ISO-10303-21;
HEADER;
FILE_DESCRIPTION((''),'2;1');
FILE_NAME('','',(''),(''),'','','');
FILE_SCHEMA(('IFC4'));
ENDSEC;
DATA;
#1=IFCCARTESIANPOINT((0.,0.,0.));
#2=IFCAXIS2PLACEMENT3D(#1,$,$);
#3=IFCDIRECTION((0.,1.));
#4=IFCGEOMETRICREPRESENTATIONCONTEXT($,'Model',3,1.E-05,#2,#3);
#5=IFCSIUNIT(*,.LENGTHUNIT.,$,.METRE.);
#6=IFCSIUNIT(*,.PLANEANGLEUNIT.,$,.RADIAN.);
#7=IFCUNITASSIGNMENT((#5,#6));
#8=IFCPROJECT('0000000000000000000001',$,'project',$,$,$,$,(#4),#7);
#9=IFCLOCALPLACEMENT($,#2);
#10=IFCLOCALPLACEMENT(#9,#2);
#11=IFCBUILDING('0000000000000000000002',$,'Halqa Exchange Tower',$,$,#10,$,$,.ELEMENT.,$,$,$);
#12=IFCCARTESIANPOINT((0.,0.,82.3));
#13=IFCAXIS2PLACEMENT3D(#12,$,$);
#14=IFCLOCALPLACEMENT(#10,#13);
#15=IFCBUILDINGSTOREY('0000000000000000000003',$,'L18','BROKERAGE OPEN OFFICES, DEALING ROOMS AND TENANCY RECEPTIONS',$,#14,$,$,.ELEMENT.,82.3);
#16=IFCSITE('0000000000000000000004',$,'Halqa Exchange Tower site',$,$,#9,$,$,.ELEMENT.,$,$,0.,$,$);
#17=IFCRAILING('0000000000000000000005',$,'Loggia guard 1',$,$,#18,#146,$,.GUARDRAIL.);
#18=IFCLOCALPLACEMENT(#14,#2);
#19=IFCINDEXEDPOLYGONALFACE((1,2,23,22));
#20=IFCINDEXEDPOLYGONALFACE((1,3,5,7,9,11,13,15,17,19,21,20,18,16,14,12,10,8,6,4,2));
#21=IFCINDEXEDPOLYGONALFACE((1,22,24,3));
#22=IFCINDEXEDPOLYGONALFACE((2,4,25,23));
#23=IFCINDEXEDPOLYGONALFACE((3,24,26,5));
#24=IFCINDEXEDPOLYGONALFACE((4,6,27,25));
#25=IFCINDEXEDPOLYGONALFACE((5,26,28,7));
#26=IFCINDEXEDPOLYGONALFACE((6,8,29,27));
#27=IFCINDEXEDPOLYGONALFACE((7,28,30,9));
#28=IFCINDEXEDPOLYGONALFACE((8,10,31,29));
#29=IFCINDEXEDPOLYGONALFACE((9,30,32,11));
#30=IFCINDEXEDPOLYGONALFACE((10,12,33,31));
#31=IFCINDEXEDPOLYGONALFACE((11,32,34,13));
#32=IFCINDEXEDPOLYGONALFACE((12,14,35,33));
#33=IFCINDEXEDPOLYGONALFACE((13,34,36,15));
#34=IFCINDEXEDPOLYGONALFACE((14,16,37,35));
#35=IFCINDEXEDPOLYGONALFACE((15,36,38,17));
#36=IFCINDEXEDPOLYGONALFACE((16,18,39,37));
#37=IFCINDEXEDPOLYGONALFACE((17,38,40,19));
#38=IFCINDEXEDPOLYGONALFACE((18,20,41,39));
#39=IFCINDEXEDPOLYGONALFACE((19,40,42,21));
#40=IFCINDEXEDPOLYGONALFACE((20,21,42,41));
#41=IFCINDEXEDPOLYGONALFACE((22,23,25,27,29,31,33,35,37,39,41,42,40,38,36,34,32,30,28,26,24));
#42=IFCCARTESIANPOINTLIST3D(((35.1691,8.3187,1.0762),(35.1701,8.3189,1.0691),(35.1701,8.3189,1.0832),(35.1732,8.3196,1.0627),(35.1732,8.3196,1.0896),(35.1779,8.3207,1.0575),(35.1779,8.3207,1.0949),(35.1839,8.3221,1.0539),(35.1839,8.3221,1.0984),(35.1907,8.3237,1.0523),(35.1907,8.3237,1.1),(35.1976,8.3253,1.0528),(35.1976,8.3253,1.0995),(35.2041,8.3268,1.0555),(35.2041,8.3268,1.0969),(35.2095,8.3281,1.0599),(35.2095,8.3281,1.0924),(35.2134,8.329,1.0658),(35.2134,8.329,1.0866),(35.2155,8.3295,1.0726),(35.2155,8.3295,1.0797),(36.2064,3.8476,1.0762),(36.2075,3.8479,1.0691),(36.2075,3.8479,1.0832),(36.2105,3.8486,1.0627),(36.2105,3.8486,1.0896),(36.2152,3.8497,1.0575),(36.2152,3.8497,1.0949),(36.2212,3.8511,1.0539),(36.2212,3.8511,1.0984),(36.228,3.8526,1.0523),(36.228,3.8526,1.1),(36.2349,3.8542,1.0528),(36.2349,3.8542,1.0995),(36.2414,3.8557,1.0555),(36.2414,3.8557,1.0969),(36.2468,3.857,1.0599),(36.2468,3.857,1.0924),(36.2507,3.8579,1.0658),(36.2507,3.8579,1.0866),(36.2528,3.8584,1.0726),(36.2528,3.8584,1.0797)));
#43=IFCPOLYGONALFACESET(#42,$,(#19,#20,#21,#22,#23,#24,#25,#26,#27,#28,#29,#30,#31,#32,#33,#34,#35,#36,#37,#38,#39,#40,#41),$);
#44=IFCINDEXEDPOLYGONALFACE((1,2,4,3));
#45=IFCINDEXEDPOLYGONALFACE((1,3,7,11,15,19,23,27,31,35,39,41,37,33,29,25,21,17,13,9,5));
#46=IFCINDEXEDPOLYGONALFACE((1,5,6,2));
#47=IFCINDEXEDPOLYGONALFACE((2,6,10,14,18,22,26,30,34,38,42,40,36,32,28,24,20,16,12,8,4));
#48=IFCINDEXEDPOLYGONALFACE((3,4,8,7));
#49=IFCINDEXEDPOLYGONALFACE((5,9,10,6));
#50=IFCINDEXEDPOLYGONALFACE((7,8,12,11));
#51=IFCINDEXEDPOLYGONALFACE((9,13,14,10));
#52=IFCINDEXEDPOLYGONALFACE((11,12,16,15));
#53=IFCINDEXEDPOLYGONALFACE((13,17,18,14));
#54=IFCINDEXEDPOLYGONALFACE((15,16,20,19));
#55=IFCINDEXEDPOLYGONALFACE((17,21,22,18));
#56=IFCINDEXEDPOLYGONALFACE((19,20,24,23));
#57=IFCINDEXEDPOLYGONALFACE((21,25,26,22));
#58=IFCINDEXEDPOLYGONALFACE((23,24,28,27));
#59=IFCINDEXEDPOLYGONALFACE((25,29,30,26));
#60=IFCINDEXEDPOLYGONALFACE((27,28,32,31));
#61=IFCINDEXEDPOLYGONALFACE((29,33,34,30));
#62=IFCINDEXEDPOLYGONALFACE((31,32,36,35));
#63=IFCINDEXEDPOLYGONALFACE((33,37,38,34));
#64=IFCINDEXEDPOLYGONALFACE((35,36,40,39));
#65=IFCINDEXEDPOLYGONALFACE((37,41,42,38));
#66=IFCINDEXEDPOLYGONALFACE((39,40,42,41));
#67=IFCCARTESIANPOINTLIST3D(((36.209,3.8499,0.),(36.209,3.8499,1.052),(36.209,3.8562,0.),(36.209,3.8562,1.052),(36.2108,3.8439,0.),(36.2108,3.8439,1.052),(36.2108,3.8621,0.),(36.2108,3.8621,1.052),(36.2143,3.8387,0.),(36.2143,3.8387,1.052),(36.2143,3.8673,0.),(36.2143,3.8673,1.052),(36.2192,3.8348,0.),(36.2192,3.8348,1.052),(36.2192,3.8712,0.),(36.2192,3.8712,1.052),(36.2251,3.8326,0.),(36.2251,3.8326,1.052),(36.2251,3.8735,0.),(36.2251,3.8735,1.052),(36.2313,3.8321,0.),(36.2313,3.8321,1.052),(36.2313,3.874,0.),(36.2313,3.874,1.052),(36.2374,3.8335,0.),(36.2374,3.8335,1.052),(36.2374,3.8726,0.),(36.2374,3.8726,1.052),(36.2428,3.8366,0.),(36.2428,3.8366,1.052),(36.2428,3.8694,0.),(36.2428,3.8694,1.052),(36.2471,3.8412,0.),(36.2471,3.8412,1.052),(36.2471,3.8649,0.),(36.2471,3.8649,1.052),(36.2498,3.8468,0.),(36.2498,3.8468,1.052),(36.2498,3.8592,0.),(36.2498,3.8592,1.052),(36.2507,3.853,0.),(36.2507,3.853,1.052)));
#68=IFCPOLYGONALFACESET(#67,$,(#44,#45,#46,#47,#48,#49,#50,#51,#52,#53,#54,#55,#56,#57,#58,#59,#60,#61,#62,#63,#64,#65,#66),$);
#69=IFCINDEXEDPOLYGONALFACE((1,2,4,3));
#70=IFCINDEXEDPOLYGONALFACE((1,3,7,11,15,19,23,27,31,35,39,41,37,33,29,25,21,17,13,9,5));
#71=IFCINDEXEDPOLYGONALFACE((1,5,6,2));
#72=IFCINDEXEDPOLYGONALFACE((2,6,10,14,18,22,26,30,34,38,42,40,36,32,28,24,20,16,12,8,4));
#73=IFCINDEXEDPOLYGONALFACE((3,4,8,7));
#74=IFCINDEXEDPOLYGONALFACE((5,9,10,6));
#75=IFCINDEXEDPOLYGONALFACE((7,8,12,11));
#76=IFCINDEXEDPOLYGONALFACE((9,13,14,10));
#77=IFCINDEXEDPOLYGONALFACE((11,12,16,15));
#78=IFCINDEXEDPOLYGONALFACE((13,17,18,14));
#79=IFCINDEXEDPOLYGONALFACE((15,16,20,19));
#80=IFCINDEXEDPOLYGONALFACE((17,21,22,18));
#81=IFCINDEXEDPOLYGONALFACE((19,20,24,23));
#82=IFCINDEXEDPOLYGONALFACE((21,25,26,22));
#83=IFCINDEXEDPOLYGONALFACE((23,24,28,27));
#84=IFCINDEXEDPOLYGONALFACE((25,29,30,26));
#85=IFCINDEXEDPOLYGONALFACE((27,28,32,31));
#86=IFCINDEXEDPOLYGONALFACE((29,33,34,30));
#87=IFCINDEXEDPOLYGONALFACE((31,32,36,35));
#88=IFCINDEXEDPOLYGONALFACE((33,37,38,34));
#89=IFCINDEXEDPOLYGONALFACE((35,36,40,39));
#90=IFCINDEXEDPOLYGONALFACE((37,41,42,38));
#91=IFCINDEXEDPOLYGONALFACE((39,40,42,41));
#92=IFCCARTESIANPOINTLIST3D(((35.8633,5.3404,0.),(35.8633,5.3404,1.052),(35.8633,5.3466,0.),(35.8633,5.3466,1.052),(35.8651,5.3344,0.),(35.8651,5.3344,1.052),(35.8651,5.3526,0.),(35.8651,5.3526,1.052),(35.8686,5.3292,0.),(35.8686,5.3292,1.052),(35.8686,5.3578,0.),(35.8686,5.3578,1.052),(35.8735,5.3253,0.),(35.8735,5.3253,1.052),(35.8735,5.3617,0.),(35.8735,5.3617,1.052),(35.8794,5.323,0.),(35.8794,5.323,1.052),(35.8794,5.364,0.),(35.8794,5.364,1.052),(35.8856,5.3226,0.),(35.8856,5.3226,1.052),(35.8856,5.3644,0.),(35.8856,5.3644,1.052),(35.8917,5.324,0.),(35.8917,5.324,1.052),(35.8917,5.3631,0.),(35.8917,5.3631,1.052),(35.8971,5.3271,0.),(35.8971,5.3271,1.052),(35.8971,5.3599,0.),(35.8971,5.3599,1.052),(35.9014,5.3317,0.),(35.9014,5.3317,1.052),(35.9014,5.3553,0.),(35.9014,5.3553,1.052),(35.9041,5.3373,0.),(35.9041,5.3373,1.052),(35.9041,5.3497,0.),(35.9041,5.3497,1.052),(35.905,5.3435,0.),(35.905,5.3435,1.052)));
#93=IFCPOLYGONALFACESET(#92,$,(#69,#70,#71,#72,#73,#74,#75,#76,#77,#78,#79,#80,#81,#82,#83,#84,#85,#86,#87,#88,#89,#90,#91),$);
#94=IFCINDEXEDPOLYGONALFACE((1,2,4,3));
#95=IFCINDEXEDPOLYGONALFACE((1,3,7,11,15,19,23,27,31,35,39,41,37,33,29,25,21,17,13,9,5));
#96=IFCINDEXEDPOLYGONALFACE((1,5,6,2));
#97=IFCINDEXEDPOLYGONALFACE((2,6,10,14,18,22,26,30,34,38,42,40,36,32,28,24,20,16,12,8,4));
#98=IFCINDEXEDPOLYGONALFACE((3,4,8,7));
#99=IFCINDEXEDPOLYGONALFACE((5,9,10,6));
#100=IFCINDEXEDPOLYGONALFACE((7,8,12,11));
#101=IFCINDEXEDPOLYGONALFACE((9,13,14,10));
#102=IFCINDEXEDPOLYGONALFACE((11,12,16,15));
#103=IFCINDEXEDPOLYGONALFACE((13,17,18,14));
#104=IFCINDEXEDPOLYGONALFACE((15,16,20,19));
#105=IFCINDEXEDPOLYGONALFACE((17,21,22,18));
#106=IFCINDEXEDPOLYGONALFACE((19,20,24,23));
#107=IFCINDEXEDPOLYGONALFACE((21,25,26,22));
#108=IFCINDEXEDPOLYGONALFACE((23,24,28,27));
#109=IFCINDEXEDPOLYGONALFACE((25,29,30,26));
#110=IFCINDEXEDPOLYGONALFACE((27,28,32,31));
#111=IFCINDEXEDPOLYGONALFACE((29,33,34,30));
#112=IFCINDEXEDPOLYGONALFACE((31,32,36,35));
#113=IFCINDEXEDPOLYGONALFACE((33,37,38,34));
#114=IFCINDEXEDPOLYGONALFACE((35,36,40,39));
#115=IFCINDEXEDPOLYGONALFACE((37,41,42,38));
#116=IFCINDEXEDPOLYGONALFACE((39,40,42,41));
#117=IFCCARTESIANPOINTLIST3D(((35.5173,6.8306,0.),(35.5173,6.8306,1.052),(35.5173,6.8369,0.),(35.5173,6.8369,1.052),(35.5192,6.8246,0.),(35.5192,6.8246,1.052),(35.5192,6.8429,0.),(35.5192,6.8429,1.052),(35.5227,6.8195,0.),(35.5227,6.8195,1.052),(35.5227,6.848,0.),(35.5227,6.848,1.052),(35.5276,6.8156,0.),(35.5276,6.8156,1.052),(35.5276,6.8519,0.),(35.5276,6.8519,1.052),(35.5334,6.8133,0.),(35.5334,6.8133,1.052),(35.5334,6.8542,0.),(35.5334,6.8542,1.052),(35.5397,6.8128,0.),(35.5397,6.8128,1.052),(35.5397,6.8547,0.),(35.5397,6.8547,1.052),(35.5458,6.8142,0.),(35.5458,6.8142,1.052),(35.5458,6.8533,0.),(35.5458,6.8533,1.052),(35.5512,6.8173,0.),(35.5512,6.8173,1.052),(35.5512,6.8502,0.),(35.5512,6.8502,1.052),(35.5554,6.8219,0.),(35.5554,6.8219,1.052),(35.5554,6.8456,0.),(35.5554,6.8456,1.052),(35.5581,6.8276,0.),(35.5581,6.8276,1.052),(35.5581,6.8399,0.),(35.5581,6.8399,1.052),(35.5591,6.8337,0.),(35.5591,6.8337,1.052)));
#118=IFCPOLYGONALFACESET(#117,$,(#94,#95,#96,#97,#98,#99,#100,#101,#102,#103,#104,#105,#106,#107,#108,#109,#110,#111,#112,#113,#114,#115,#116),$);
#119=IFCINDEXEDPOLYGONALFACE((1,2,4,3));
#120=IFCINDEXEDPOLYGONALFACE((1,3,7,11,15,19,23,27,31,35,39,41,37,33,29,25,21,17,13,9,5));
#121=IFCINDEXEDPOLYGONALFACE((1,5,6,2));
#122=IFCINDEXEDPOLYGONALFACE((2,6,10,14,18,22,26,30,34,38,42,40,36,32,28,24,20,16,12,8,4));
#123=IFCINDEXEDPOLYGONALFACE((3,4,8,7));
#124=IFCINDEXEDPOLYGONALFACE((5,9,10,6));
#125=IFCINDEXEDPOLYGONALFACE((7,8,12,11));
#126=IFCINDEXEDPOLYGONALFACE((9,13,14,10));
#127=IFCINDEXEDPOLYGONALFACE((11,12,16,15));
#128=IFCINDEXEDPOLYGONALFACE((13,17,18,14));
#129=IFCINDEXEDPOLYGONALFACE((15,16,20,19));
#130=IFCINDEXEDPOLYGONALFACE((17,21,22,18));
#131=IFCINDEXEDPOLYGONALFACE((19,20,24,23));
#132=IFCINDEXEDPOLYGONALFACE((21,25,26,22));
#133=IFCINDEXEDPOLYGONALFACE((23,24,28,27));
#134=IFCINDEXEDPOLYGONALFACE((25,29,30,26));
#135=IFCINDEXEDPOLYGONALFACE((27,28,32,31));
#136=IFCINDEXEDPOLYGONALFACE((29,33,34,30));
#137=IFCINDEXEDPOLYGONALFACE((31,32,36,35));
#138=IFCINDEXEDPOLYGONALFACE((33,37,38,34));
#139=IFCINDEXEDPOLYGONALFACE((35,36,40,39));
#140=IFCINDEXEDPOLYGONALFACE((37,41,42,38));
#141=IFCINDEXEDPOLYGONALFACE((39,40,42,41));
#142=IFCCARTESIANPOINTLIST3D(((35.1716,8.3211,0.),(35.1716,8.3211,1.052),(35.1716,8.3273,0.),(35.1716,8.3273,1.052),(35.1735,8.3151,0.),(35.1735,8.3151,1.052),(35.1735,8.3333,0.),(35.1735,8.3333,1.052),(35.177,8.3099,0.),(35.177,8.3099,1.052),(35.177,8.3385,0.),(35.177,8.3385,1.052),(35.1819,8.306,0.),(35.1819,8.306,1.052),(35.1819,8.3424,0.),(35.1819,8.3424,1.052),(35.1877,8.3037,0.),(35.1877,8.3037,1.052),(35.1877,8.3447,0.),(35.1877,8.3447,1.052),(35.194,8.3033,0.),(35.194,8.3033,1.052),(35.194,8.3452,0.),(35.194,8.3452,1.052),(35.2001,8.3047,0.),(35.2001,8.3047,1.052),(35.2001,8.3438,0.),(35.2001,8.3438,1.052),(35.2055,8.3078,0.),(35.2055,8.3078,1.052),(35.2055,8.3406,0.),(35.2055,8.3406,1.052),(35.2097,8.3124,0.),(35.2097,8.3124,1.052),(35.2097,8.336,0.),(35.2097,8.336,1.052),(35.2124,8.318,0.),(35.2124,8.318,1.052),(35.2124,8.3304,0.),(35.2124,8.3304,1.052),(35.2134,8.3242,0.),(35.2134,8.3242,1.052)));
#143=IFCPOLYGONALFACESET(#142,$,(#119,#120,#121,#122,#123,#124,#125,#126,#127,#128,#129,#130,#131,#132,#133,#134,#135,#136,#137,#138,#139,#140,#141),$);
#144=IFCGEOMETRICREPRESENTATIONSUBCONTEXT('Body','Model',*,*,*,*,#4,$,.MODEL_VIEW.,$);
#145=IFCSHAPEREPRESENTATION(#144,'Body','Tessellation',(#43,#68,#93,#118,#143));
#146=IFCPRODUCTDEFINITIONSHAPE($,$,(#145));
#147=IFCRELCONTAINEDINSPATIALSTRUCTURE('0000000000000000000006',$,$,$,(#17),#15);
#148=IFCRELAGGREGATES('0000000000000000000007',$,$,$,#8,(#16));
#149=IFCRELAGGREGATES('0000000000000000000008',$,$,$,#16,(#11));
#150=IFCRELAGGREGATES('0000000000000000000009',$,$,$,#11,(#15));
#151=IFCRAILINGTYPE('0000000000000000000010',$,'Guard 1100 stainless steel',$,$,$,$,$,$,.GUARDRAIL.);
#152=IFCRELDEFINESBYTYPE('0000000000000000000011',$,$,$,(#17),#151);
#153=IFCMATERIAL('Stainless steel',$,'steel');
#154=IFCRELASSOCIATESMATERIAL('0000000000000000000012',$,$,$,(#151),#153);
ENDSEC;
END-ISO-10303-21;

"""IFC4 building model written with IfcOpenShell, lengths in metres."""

from ifc_helpers import new_model, si_unit, direction, frame, origin, origin_2d, place, context, subcontext, project, spatial, circle, extrude, material, type_object, element, save


model = new_model("IFC4")

# Units and contexts
model_context = context("Model", 3, precision=1e-05, world=origin(), true_north=direction((0.0, 1.0)))
body_context = subcontext(model_context, "Body", "Model", "MODEL_VIEW")
ifc_project = project(units=[si_unit("LENGTHUNIT", "METRE"), si_unit("PLANEANGLEUNIT", "RADIAN")], contexts=[model_context])

# Site, building, storey
site_placement = place(None, origin())
site = spatial("IfcSite", under=ifc_project, at=site_placement, Name="Halqa Exchange Tower site", CompositionType="ELEMENT", RefElevation=0.0)
building_placement = place(site_placement, origin())
building = spatial("IfcBuilding", under=site, at=building_placement, Name="Halqa Exchange Tower", CompositionType="ELEMENT")
storey_placement = place(building_placement, frame((0.0, 0.0, 82.3)))
storey = spatial("IfcBuildingStorey", under=building, at=storey_placement, Name="L18", Description="BROKERAGE OPEN OFFICES, DEALING ROOMS AND TENANCY RECEPTIONS", CompositionType="ELEMENT", Elevation=82.3)

# Railing
ifc_material_1 = material(Name="Stainless steel", Category="steel")
railing_type = type_object("IfcRailingType", Name="Guard 1100 stainless steel", PredefinedType="GUARDRAIL", material=ifc_material_1)
railing_1_placement = place(storey_placement, frame((36.2297, 3.853, 0.0)))
element("IfcRailing", 1, at=railing_1_placement, inside=storey, type_object=railing_type, Name="Loggia guard 1", PredefinedType="GUARDRAIL", context=body_context, shape_type="SweptSolid", body=[
    extrude(circle(Radius=0.0239, at=origin_2d()), frame((0.0, 0.0, 1.0762), z_axis=(-0.226005, 0.974126, 0.0), x_axis=(-0.974126, -0.226005, 0.0)), (0.0, 0.0, 1.0), 4.5898),
    extrude(circle(Radius=0.021, at=origin_2d()), origin(), (0.0, 0.0, 1.0), 1.052),
    extrude(circle(Radius=0.021, at=origin_2d()), frame((-0.3457, 1.4905, 0.0)), (0.0, 0.0, 1.0), 1.052),
    extrude(circle(Radius=0.021, at=origin_2d()), frame((-0.6917, 2.9807, 0.0)), (0.0, 0.0, 1.0), 1.052),
    extrude(circle(Radius=0.021, at=origin_2d()), frame((-1.0374, 4.4712, 0.0)), (0.0, 0.0, 1.0), 1.052),
])

save(model, "model.ifc")
